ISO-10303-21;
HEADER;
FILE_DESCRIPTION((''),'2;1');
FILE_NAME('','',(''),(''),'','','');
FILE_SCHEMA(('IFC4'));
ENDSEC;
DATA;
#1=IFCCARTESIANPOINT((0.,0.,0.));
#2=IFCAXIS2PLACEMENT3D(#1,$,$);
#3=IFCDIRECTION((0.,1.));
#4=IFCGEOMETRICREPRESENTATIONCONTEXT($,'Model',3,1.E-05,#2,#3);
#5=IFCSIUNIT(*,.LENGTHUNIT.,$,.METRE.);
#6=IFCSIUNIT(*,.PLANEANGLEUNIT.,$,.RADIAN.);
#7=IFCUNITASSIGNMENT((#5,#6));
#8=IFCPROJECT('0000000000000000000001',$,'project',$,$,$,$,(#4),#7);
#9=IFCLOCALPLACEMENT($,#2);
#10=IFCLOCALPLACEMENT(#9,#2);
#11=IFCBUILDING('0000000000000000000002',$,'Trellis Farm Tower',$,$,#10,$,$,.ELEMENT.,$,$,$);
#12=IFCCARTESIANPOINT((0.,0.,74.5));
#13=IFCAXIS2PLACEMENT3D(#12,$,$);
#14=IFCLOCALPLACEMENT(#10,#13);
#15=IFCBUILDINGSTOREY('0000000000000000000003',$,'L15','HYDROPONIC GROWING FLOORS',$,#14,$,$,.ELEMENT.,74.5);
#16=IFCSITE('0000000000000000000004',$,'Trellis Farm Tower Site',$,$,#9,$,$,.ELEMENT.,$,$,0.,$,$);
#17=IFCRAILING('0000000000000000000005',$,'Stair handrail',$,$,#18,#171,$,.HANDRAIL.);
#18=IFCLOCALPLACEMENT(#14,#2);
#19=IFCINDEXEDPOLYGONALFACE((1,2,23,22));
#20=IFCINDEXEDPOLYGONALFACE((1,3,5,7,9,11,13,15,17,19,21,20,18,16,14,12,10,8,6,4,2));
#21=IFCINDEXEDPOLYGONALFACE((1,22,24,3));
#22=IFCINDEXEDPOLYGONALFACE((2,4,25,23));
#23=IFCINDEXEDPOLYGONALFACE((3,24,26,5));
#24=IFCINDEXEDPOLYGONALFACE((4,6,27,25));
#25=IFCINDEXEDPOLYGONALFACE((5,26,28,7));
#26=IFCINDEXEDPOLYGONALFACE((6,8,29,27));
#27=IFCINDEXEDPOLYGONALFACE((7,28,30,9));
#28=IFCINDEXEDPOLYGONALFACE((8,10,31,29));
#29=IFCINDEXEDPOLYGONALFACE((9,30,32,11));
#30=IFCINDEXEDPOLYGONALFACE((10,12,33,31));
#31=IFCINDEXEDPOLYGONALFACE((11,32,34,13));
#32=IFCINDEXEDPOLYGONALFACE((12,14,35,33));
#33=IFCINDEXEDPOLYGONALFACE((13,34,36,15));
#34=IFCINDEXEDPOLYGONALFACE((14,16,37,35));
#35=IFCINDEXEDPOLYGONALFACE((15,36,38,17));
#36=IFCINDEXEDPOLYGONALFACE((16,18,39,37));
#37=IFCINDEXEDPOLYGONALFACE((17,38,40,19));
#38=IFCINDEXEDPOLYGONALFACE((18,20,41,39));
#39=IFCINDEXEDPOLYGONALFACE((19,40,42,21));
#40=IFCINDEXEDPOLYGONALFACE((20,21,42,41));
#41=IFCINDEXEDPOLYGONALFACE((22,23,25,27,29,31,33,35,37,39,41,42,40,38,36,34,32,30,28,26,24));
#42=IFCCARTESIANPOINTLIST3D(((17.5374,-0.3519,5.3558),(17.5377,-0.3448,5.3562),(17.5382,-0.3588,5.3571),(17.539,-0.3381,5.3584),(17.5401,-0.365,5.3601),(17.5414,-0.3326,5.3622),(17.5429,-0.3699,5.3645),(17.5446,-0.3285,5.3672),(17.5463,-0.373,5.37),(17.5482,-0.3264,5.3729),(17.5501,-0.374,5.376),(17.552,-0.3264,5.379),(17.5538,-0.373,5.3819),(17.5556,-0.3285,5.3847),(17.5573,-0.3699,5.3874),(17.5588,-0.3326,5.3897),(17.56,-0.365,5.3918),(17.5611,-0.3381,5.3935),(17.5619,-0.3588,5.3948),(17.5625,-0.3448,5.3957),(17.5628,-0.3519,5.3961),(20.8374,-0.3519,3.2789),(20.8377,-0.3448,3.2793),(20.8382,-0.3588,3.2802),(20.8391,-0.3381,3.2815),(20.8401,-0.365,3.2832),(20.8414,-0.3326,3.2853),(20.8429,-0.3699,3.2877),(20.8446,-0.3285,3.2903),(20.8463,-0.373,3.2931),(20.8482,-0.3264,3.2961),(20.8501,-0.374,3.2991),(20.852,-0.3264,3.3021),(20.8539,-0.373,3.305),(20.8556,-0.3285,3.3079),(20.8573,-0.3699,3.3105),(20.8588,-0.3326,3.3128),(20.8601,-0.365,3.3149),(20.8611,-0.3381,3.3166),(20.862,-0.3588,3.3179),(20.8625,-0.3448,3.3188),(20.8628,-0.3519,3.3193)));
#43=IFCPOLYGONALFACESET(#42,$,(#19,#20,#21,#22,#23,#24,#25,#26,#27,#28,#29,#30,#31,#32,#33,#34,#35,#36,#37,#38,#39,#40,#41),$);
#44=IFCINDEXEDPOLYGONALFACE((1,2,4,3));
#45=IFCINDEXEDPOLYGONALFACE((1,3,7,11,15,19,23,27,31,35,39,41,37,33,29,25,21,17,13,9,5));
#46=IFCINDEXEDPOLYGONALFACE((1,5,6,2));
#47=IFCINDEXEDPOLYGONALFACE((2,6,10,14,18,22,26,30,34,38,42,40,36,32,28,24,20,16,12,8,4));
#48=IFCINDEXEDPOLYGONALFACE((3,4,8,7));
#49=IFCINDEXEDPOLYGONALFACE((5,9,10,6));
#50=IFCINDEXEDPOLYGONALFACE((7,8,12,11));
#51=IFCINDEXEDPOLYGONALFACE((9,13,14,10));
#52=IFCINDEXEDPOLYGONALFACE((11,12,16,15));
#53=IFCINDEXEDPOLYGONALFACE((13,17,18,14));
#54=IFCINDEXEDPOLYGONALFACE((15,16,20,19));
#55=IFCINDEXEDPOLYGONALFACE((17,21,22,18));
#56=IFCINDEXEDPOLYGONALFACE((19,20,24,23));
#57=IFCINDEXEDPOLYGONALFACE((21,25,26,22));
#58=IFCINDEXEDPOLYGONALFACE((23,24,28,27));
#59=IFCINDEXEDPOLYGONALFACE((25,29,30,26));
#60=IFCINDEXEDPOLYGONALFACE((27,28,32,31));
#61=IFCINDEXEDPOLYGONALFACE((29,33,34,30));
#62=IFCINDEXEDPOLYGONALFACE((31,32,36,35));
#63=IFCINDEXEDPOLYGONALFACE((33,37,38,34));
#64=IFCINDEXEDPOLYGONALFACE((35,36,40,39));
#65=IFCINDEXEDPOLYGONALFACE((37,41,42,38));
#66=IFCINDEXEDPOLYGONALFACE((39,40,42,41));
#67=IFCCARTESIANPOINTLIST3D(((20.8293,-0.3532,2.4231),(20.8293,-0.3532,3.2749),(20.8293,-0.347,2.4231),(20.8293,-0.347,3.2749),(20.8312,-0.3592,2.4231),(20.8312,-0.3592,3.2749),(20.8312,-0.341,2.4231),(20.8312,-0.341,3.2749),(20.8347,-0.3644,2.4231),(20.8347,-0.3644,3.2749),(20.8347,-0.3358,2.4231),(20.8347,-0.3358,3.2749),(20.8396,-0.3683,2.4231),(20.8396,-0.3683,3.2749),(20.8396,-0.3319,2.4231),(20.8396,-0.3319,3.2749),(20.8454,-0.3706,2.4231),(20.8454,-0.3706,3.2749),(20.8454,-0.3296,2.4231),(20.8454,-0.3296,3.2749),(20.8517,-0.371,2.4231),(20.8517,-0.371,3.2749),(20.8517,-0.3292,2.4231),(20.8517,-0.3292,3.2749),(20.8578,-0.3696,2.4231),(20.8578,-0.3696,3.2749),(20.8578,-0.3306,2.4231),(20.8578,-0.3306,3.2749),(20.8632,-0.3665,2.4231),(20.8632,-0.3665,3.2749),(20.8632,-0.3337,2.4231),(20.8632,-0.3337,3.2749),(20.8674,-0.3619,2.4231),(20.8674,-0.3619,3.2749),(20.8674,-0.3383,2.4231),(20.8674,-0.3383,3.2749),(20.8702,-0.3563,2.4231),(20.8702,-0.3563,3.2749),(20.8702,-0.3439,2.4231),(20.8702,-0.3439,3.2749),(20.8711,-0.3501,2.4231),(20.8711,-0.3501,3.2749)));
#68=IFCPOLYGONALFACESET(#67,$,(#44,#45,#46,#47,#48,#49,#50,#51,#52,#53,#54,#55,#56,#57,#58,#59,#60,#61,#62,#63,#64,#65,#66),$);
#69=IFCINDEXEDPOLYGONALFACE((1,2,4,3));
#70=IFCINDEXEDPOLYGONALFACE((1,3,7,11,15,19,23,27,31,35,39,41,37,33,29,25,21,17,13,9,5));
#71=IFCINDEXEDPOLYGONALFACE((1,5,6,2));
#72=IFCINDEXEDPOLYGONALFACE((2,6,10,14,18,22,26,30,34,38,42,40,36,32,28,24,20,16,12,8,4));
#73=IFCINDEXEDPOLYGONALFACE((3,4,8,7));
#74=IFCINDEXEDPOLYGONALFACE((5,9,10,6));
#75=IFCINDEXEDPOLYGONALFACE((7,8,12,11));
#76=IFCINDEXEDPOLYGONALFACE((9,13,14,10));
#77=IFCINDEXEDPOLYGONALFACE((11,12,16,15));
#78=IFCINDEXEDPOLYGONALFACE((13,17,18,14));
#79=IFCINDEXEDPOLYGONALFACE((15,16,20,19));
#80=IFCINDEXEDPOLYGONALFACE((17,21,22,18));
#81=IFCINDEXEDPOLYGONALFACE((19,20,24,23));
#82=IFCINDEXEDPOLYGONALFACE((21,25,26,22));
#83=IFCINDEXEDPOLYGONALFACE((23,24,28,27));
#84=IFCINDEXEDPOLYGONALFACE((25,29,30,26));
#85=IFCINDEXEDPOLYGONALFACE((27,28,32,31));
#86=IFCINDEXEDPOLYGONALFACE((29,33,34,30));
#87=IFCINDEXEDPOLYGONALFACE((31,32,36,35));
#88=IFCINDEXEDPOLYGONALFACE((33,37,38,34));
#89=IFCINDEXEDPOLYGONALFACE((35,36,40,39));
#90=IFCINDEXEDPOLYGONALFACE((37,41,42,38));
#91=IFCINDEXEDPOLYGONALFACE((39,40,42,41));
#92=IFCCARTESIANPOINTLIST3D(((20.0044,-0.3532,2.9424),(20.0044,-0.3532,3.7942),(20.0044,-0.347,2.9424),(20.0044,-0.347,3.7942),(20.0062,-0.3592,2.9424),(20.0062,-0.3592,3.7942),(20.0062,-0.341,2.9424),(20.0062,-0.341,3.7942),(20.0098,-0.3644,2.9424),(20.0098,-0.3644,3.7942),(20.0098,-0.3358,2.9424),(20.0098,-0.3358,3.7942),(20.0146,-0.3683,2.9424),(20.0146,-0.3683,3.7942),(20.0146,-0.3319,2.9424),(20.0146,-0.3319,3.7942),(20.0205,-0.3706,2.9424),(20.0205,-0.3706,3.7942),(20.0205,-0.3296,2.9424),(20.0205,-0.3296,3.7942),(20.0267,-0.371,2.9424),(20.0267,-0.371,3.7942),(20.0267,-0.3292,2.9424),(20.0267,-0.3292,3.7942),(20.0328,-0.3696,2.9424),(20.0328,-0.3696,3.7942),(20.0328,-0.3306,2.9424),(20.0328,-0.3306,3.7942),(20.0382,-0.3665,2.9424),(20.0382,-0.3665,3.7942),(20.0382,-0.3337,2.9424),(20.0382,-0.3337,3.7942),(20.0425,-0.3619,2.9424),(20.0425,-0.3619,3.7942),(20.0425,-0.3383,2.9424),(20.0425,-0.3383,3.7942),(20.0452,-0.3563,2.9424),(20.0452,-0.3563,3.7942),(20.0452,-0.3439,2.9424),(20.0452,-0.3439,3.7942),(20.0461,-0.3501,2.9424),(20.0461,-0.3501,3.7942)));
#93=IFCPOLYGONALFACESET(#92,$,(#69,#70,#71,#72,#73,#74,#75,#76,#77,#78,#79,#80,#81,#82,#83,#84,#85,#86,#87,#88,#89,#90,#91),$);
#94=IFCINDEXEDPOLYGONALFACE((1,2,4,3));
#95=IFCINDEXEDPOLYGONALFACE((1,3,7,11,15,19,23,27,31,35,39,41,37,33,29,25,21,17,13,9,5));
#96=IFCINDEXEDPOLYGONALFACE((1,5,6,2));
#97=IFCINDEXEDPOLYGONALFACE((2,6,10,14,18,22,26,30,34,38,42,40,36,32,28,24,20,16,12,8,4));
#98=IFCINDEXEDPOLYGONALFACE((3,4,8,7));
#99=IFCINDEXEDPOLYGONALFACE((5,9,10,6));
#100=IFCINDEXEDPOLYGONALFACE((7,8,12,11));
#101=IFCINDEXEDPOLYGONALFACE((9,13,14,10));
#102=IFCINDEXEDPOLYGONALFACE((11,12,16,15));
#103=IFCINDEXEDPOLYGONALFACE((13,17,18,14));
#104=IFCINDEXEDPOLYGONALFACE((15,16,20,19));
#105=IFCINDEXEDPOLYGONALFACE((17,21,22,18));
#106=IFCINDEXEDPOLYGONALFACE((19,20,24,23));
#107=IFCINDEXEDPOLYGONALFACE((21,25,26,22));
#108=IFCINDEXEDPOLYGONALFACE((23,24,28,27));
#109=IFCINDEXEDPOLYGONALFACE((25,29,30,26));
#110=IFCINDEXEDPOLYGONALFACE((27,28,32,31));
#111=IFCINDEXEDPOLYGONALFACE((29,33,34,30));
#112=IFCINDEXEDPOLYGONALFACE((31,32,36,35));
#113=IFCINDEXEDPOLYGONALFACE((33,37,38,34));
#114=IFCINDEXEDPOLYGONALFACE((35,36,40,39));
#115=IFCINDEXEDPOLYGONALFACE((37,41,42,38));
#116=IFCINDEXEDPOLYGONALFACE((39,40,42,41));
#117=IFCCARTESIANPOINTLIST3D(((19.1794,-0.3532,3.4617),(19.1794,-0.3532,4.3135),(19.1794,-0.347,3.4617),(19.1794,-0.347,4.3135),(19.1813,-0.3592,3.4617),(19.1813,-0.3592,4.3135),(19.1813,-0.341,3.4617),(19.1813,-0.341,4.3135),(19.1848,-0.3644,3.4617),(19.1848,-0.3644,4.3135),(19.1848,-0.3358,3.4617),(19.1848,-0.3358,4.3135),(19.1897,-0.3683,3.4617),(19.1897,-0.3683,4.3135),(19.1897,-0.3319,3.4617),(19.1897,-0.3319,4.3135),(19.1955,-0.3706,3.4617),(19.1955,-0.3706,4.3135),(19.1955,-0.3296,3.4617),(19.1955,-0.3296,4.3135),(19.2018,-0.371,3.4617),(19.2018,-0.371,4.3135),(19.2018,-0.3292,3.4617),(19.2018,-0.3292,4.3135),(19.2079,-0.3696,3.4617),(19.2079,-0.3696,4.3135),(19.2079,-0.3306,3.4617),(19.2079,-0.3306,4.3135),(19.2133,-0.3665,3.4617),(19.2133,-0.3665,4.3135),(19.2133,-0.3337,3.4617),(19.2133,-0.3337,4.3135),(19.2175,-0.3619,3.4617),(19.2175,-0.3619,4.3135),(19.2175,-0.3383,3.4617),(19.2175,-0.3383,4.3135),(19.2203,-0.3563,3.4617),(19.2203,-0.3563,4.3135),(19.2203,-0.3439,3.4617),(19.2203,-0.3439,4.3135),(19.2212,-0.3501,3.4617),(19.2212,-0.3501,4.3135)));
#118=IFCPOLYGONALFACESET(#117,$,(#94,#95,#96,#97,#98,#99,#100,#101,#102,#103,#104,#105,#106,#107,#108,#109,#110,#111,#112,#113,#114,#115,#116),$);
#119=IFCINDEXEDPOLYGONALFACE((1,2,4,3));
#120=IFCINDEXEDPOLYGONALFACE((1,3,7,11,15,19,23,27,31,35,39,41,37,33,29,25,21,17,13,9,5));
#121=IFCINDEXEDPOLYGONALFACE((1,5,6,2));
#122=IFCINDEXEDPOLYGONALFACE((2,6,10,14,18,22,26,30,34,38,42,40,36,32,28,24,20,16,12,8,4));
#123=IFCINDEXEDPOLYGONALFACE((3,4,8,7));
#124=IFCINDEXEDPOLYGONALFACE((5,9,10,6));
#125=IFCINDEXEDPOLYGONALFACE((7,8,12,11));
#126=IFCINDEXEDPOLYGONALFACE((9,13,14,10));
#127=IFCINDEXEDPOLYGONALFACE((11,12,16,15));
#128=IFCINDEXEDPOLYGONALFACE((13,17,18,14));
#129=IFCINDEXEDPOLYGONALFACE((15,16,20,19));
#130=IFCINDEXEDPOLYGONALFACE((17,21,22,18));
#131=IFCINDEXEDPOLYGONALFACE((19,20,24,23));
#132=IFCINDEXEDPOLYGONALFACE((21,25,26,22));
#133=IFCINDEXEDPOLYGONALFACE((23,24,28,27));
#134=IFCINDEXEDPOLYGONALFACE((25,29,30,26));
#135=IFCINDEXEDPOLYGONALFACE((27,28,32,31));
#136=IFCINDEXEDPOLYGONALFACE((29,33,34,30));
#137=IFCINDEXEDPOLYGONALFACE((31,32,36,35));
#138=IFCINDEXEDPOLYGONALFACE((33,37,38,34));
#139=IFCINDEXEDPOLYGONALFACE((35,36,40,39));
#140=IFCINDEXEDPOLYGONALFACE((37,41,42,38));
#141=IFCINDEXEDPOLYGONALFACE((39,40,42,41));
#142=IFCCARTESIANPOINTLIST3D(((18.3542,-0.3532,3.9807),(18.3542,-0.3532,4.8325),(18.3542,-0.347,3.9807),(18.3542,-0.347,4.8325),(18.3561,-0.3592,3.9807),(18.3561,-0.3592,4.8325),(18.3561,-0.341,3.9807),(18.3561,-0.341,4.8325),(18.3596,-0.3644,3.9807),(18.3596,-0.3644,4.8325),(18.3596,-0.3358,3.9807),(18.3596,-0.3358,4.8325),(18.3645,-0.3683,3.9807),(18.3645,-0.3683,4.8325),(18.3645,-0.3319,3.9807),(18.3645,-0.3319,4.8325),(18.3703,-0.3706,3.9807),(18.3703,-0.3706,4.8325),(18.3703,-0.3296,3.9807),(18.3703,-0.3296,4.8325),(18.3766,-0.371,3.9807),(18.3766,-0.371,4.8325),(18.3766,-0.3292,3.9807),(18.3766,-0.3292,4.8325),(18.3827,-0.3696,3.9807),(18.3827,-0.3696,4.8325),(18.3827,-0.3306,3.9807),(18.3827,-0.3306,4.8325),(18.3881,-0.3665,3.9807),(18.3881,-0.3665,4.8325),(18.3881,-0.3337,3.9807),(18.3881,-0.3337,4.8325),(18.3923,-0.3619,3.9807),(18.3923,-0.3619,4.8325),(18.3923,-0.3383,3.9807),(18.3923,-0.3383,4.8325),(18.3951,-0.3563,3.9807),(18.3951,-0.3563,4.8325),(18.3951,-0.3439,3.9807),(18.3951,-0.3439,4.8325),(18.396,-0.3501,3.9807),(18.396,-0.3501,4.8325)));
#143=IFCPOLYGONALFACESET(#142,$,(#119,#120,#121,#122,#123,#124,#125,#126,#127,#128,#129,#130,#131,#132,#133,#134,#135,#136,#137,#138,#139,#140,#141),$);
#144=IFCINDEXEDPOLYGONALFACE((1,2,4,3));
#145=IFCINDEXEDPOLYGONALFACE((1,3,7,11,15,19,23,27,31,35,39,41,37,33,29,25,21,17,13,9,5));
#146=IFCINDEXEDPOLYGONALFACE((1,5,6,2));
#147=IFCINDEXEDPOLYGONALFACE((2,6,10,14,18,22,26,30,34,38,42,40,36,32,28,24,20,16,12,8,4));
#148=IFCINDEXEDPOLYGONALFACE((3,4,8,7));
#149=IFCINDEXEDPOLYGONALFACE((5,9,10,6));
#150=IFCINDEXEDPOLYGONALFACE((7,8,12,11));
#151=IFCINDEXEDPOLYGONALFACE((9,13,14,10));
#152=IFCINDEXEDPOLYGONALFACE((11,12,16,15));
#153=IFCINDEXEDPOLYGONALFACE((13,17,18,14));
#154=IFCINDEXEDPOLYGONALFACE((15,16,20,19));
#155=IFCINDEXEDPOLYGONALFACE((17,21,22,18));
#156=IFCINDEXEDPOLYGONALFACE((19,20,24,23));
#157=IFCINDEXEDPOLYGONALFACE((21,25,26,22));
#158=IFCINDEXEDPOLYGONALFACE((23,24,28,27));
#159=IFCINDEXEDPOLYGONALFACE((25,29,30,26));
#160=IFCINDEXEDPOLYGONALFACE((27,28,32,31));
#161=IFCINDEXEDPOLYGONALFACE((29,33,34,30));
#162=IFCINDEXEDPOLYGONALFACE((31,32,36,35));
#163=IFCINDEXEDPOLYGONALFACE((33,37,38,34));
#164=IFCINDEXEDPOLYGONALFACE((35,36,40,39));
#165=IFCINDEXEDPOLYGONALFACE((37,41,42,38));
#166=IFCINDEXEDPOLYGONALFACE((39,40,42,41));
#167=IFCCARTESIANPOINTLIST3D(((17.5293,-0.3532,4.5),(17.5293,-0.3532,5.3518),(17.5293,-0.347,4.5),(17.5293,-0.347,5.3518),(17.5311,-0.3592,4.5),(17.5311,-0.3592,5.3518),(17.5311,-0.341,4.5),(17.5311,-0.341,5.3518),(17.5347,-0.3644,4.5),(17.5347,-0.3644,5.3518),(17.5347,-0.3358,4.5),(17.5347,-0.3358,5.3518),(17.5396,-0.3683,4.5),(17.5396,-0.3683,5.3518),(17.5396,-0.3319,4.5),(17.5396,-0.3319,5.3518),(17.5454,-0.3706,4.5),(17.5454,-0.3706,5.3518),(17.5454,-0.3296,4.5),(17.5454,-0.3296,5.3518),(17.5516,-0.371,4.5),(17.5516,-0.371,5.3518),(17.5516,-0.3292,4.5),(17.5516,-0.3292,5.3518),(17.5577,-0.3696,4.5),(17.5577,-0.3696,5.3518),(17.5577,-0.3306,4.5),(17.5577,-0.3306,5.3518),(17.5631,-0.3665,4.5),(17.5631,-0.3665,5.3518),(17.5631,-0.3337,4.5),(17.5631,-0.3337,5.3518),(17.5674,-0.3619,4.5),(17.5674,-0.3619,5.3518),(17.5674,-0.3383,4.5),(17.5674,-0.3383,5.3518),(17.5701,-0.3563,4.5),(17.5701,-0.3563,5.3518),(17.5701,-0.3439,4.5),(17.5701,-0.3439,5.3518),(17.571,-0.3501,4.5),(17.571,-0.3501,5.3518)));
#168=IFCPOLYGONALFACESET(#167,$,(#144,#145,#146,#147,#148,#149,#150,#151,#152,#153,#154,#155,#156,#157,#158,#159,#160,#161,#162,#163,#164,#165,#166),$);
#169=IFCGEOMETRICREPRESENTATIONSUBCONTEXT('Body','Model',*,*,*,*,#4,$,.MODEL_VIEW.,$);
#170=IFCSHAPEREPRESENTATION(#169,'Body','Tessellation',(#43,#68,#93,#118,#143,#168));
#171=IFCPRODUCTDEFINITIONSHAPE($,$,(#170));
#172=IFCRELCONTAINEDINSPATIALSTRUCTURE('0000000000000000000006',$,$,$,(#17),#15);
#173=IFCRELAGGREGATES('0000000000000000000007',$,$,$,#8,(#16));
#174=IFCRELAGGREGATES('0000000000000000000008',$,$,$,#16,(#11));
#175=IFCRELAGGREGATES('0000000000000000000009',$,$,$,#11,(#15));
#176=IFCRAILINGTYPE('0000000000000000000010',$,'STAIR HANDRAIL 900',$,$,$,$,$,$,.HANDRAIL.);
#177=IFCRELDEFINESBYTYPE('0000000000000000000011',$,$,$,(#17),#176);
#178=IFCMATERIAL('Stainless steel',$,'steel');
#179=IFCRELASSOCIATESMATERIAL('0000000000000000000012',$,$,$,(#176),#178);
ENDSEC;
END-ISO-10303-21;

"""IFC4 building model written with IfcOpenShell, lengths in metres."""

from ifc_helpers import new_model, si_unit, direction, frame, origin, origin_2d, place, context, subcontext, project, spatial, circle, extrude, source, transform, mapped, material, type_object, element, save


model = new_model("IFC4")

# Units and contexts
model_context = context("Model", 3, precision=1e-05, world=origin(), true_north=direction((0.0, 1.0)))
body_context = subcontext(model_context, "Body", "Model", "MODEL_VIEW")
ifc_project = project(units=[si_unit("LENGTHUNIT", "METRE"), si_unit("PLANEANGLEUNIT", "RADIAN")], contexts=[model_context])

# Site, building, storey
site_placement = place(None, origin())
site = spatial("IfcSite", under=ifc_project, at=site_placement, Name="Trellis Farm Tower Site", CompositionType="ELEMENT", RefElevation=0.0)
building_placement = place(site_placement, origin())
building = spatial("IfcBuilding", under=site, at=building_placement, Name="Trellis Farm Tower", CompositionType="ELEMENT")
storey_placement = place(building_placement, frame((0.0, 0.0, 74.5)))
storey = spatial("IfcBuildingStorey", under=building, at=storey_placement, Name="L15", Description="HYDROPONIC GROWING FLOORS", CompositionType="ELEMENT", Elevation=74.5)

# Railing
ifc_material_1 = material(Name="Stainless steel", Category="steel")
railing_type = type_object("IfcRailingType", Name="STAIR HANDRAIL 900", PredefinedType="HANDRAIL", material=ifc_material_1)
shared_shape_1 = source(origin(), body_context, "Body", "SweptSolid", [
    extrude(circle(Radius=0.0239, at=origin_2d()), frame((0.0, 0.0, 0.876), z_axis=(-0.846337, 0.0, 0.532647), x_axis=(0.0, -1.0, 0.0)), (0.0, 0.0, 1.0), 3.8992),
    extrude(circle(Radius=0.021, at=origin_2d()), origin(), (0.0, 0.0, 1.0), 0.8518),
    extrude(circle(Radius=0.021, at=origin_2d()), frame((-0.825, 0.0, 0.5193)), (0.0, 0.0, 1.0), 0.8518),
    extrude(circle(Radius=0.021, at=origin_2d()), frame((-1.6499, 0.0, 1.0386)), (0.0, 0.0, 1.0), 0.8518),
    extrude(circle(Radius=0.021, at=origin_2d()), frame((-2.4751, 0.0, 1.5576)), (0.0, 0.0, 1.0), 0.8518),
    extrude(circle(Radius=0.021, at=origin_2d()), frame((-3.3, 0.0, 2.0769)), (0.0, 0.0, 1.0), 0.8518),
])
for number, where, name in (
    (1, (20.8501, -0.3501, 2.4231), "Stair handrail"),
):
    element("IfcRailing", number, at=place(storey_placement, frame(where)), inside=storey, type_object=railing_type, Name=name, PredefinedType="HANDRAIL", context=body_context, shape_type="MappedRepresentation", body=[
        mapped(shared_shape_1, transform((0.0, 0.0, 0.0))),
    ])

save(model, "model.ifc")
